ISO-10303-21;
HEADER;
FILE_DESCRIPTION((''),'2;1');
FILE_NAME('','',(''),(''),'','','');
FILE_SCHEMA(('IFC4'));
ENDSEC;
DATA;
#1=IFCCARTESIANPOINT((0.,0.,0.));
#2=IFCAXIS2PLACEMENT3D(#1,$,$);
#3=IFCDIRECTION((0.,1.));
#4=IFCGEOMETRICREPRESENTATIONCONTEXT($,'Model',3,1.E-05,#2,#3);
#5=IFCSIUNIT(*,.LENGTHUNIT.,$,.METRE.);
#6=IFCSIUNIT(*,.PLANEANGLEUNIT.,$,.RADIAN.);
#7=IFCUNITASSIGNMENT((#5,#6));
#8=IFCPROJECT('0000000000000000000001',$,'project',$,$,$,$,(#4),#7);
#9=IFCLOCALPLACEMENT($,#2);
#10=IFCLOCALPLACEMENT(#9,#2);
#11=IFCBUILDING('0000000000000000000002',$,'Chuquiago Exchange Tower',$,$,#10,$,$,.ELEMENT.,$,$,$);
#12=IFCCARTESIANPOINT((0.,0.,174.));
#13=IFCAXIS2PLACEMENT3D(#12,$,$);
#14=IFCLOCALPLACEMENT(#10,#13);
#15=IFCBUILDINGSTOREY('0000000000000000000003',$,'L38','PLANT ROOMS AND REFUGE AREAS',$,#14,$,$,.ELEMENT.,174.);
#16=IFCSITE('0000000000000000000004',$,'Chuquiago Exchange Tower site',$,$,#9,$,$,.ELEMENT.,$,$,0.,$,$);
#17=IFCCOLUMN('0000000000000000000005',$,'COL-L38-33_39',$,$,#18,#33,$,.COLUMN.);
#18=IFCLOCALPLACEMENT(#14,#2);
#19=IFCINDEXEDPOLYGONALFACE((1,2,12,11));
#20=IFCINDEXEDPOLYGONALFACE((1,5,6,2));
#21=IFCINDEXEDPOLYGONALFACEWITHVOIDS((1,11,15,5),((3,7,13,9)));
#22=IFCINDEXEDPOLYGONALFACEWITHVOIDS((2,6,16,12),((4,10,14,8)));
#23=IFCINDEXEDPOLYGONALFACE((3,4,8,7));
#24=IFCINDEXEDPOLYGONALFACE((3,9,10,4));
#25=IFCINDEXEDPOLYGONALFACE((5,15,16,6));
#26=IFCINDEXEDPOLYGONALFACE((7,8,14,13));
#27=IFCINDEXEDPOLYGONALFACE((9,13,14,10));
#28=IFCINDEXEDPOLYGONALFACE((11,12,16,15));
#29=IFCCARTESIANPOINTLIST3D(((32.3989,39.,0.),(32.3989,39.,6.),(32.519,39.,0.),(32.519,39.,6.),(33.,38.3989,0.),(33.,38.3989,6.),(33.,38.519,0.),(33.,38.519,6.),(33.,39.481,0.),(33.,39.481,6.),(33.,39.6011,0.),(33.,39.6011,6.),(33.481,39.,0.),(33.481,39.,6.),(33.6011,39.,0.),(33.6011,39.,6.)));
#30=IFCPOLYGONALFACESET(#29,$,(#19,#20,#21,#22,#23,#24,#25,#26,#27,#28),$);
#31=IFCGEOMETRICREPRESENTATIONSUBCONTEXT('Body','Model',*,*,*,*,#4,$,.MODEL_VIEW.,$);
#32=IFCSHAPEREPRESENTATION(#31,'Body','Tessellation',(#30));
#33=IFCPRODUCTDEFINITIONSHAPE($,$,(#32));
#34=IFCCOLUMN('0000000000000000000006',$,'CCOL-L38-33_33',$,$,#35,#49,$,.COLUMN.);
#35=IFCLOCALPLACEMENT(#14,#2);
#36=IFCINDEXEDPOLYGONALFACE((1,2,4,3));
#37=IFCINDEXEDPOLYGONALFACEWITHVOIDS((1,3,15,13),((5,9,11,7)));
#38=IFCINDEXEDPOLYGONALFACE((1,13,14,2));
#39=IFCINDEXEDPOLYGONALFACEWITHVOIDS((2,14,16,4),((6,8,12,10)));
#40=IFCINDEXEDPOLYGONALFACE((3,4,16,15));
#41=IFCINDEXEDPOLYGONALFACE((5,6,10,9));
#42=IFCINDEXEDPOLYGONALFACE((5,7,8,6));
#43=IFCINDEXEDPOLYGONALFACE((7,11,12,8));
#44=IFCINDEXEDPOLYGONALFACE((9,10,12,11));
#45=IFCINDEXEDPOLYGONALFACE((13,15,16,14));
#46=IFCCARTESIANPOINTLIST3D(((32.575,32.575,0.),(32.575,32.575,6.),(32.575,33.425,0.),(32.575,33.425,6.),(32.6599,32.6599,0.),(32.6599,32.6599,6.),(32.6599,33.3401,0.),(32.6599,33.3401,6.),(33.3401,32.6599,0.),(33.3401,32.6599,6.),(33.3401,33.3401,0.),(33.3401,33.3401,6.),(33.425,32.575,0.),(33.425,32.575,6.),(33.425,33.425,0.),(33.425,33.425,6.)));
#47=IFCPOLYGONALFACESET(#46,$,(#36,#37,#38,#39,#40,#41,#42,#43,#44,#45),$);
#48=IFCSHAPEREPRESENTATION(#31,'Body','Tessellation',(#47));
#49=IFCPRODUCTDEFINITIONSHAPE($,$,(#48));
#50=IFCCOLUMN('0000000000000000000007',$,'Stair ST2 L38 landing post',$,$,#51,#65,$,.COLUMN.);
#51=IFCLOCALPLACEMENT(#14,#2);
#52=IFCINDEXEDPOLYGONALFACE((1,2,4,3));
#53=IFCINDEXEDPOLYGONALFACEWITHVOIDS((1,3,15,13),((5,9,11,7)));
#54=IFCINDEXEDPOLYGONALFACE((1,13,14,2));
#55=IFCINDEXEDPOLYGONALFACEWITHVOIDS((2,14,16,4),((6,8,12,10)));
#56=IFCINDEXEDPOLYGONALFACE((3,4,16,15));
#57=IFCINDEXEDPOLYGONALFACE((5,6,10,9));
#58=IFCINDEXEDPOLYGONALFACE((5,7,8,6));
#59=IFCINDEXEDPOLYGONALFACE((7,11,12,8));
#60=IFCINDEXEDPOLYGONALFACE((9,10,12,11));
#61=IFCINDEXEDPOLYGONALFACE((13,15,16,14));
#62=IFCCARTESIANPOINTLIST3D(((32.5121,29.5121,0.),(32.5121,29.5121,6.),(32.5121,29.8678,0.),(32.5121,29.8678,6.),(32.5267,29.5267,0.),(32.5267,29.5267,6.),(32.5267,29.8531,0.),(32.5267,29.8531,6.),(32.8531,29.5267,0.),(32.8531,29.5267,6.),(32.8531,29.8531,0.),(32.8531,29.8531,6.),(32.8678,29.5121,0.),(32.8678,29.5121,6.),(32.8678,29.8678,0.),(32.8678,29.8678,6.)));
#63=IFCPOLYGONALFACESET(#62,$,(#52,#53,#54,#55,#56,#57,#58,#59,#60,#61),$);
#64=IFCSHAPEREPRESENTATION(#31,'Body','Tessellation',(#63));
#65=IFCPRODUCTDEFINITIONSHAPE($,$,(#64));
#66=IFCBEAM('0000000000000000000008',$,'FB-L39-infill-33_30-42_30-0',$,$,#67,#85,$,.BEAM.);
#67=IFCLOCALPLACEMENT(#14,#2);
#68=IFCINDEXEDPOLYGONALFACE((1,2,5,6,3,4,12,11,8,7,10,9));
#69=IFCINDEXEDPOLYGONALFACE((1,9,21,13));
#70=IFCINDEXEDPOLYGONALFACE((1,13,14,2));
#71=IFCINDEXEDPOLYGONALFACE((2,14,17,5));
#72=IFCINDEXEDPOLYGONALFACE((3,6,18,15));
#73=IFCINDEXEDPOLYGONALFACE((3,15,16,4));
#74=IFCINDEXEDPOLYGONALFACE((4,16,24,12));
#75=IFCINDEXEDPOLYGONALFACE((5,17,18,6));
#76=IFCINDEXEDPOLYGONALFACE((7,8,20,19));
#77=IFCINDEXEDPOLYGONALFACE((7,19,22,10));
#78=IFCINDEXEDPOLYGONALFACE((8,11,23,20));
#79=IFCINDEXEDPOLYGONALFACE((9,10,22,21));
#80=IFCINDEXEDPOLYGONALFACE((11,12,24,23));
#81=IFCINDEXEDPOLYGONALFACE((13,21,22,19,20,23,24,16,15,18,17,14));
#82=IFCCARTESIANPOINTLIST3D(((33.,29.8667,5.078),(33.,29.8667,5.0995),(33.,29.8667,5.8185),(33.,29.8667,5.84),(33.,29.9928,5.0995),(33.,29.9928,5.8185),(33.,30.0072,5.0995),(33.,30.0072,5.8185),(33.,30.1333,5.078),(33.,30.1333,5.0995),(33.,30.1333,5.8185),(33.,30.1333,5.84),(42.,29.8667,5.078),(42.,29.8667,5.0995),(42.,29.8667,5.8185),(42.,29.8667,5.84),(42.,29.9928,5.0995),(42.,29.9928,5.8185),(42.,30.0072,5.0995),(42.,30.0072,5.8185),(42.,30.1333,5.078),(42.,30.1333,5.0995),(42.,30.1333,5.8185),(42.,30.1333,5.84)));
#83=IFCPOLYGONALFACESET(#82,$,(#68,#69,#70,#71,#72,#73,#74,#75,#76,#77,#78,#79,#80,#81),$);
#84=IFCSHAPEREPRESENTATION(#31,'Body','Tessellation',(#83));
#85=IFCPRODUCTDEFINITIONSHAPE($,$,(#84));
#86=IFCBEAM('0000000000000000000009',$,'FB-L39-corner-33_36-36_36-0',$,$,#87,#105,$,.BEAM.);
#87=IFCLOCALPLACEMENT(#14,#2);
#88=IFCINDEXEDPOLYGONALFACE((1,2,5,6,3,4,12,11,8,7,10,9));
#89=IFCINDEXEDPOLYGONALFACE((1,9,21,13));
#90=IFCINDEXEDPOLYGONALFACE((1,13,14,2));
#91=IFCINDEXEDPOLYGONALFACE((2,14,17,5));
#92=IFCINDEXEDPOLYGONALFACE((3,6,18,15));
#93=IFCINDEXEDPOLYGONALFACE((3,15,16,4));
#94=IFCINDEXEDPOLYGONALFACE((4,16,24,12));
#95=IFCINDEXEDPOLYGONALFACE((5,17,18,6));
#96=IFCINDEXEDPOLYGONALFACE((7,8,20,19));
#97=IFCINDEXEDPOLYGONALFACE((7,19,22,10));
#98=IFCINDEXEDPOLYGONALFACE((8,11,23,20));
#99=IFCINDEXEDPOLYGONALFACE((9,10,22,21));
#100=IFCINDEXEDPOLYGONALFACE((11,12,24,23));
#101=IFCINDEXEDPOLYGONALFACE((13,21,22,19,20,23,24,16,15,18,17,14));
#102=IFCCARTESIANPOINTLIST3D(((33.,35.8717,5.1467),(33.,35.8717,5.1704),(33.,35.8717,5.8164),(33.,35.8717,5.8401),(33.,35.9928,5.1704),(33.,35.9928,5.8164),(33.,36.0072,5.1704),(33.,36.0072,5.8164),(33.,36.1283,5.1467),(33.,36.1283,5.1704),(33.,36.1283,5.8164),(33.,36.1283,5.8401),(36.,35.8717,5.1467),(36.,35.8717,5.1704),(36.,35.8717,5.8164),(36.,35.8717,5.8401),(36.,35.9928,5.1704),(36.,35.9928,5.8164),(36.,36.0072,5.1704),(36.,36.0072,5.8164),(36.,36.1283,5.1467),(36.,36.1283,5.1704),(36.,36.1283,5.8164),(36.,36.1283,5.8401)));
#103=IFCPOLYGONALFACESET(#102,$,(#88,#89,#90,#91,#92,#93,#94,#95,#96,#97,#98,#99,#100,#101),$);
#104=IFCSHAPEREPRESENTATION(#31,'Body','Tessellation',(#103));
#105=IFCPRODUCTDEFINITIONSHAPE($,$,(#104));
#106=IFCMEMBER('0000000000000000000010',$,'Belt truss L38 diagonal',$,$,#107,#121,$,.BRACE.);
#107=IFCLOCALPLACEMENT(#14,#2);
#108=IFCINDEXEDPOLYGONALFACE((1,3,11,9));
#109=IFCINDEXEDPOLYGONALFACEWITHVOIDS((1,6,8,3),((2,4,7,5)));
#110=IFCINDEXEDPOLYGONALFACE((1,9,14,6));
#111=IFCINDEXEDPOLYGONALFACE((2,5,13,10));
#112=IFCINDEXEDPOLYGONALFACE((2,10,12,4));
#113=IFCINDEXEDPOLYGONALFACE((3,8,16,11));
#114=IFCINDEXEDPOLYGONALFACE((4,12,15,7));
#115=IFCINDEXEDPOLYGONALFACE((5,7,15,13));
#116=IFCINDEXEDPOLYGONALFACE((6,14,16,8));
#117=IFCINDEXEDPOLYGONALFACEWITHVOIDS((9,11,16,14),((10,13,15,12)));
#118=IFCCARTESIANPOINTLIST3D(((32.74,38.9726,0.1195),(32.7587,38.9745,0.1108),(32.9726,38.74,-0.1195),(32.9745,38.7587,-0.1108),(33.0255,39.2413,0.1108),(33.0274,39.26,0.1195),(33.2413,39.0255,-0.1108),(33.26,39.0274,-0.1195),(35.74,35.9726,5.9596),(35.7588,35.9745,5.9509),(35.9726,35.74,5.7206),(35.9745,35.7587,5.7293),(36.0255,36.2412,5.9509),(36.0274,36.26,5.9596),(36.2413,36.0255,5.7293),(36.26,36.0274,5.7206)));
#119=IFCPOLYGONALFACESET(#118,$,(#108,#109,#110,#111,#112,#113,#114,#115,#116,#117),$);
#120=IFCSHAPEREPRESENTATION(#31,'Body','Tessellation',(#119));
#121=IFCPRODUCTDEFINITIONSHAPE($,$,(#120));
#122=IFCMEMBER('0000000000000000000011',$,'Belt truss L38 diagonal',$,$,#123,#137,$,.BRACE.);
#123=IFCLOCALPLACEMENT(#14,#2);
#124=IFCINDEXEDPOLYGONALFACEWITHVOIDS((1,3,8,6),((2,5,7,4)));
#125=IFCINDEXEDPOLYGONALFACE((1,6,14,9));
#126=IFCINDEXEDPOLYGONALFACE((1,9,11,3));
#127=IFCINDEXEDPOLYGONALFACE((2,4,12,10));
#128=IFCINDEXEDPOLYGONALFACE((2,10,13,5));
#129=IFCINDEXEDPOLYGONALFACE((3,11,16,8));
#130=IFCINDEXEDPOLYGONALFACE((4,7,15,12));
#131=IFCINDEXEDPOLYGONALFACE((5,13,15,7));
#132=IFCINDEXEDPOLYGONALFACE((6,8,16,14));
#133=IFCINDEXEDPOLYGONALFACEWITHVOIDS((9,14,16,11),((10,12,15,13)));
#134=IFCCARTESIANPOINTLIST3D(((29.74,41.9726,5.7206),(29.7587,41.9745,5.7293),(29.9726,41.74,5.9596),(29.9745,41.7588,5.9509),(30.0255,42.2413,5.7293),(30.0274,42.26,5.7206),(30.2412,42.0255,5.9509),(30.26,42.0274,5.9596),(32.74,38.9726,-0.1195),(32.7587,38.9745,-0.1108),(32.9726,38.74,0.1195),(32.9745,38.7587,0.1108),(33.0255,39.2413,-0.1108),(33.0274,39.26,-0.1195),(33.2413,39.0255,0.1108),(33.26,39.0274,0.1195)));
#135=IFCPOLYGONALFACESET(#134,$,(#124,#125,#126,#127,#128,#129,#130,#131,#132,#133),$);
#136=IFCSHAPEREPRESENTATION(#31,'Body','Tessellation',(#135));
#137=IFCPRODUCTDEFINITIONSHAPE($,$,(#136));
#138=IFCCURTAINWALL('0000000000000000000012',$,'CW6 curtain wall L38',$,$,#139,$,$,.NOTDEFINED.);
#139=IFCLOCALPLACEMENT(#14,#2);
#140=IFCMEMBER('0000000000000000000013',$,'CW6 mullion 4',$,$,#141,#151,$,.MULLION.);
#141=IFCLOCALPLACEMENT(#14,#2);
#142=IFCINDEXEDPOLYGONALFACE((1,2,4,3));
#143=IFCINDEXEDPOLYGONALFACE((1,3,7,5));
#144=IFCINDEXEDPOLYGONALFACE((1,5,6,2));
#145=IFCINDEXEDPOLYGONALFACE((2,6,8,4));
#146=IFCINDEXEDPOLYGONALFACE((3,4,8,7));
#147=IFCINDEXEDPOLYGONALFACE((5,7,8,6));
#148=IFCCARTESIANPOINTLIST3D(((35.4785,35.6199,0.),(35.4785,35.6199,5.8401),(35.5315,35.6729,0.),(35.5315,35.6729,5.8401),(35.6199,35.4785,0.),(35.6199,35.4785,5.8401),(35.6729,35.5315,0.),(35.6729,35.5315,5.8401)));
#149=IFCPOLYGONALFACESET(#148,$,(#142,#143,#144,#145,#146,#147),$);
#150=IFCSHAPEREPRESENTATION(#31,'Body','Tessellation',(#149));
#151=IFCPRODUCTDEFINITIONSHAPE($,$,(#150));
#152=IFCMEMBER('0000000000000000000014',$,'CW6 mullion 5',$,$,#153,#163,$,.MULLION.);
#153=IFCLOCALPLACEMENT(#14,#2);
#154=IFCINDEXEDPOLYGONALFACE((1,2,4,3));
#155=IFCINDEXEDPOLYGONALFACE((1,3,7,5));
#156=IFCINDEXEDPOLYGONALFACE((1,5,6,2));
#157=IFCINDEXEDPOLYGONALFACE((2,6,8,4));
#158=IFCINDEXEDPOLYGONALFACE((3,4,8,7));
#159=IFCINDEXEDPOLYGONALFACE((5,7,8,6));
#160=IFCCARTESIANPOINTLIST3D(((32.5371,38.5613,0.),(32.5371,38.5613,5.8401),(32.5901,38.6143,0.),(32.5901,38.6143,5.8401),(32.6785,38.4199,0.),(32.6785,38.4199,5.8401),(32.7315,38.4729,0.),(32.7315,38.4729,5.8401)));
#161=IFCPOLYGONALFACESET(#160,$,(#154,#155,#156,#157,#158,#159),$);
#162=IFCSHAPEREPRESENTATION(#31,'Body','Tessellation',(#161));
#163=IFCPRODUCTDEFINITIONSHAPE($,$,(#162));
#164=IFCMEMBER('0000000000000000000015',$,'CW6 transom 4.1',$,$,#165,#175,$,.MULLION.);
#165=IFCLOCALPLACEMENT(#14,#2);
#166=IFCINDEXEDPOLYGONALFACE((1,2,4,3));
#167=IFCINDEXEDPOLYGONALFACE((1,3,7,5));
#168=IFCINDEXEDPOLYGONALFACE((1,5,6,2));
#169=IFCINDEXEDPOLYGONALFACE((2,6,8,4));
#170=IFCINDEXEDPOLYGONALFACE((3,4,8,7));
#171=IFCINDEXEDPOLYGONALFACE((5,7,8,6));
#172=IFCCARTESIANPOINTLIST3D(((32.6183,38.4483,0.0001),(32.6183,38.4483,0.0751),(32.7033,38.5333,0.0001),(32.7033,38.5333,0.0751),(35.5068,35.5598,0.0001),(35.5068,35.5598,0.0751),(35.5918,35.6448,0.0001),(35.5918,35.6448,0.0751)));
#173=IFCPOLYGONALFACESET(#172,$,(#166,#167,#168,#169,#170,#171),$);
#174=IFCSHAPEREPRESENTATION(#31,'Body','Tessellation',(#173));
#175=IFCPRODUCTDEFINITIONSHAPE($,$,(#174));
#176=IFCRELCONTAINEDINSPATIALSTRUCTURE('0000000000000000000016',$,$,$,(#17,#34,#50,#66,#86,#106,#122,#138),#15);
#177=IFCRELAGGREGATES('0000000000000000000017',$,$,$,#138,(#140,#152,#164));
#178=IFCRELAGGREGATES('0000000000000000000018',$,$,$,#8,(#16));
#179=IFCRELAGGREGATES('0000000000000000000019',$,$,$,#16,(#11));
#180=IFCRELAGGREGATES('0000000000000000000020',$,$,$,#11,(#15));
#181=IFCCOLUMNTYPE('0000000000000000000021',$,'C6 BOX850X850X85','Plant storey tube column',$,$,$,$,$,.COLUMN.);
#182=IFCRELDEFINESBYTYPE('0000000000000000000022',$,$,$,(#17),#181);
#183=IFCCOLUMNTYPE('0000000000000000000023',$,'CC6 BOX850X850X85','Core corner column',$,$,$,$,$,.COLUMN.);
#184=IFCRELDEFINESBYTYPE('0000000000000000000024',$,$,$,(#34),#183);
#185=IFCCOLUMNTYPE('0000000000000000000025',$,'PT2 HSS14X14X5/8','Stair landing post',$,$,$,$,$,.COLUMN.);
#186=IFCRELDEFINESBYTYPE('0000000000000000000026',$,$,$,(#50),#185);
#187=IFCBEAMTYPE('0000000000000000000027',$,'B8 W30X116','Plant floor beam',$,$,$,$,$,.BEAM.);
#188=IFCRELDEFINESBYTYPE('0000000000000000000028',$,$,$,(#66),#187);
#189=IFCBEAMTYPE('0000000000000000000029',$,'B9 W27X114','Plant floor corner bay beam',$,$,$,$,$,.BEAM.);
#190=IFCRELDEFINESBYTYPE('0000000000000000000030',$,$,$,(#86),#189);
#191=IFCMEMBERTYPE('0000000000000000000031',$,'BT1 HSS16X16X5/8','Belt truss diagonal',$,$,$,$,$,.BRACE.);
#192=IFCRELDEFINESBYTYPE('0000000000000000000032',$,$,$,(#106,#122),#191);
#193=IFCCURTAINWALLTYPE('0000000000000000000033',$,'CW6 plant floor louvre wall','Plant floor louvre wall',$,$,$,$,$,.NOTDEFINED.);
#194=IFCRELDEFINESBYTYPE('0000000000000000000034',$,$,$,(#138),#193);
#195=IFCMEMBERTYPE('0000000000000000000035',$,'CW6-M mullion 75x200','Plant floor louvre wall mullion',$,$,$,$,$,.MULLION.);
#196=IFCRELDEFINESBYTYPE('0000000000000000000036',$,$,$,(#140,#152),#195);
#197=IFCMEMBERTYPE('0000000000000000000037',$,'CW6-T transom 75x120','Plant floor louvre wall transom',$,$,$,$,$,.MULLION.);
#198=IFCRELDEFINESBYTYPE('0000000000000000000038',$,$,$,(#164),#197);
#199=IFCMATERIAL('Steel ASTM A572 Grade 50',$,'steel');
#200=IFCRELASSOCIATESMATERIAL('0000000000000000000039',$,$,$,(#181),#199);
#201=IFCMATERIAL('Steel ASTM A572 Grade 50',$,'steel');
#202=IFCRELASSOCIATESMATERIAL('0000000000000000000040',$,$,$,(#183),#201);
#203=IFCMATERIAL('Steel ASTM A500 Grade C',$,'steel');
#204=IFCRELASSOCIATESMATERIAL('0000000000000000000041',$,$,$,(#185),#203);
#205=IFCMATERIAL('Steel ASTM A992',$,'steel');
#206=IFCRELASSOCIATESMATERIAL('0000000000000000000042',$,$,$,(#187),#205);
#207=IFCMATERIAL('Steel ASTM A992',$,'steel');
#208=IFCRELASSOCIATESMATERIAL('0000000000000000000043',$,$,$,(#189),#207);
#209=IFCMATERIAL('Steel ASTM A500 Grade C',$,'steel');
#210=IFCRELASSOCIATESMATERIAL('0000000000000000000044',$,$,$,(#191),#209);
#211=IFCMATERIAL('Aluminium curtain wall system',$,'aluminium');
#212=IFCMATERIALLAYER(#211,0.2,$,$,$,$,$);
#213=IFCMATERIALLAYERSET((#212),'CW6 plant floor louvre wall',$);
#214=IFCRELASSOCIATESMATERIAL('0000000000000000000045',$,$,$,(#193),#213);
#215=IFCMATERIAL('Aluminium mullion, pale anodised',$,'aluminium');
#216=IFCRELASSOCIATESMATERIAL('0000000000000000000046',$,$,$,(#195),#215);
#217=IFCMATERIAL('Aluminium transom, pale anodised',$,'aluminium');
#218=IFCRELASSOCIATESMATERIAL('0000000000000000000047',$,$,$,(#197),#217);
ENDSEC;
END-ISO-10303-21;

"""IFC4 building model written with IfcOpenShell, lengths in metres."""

from ifc_helpers import new_model, si_unit, direction, frame, origin, origin_2d, place, context, subcontext, project, spatial, rectangle, hollow_rectangle, i_section, extrude, material, layer, layer_set, material_profile, profile_set, type_object, element, aggregate, save


model = new_model("IFC4")

# Units and contexts
model_context = context("Model", 3, precision=1e-05, world=origin(), true_north=direction((0.0, 1.0)))
body_context = subcontext(model_context, "Body", "Model", "MODEL_VIEW")
ifc_project = project(units=[si_unit("LENGTHUNIT", "METRE"), si_unit("PLANEANGLEUNIT", "RADIAN")], contexts=[model_context])

# Site, building, storey
site_placement = place(None, origin())
site = spatial("IfcSite", under=ifc_project, at=site_placement, Name="Chuquiago Exchange Tower site", CompositionType="ELEMENT", RefElevation=0.0)
building_placement = place(site_placement, origin())
building = spatial("IfcBuilding", under=site, at=building_placement, Name="Chuquiago Exchange Tower", CompositionType="ELEMENT")
storey_placement = place(building_placement, frame((0.0, 0.0, 174.0)))
storey = spatial("IfcBuildingStorey", under=building, at=storey_placement, Name="L38", Description="PLANT ROOMS AND REFUGE AREAS", CompositionType="ELEMENT", Elevation=174.0)

# Columns
ifc_material_1 = material(Name="Steel ASTM A572 Grade 50", Category="steel")
ifc_material_profile_1 = material_profile(ifc_material_1, hollow_rectangle(XDim=0.8501, YDim=0.8501, WallThickness=0.085, at=origin_2d()), Name="BOX850X850X85")
ifc_profile_set_1 = profile_set([ifc_material_profile_1], Name="Steel ASTM A572 Grade 50")
column_type_1 = type_object("IfcColumnType", Name="C6 BOX850X850X85", Description="Plant storey tube column", PredefinedType="COLUMN", material=ifc_profile_set_1)
column_1_placement = place(storey_placement, frame((33.0, 39.0, 0.0), z_axis=(0.0, 0.0, 1.0), x_axis=(0.707107, 0.707107, 0.0)))
element("IfcColumn", 1, at=column_1_placement, inside=storey, type_object=column_type_1, Name="COL-L38-33_39", PredefinedType="COLUMN", context=body_context, shape_type="SweptSolid", body=[
    extrude(hollow_rectangle(XDim=0.8501, YDim=0.8501, WallThickness=0.085, at=origin_2d()), origin(), (0.0, 0.0, 1.0), 6.0),
])
ifc_material_2 = material(Name="Steel ASTM A572 Grade 50", Category="steel")
ifc_material_profile_2 = material_profile(ifc_material_2, hollow_rectangle(XDim=0.8501, YDim=0.8501, WallThickness=0.085, at=origin_2d()), Name="BOX850X850X85")
ifc_profile_set_2 = profile_set([ifc_material_profile_2], Name="Steel ASTM A572 Grade 50")
column_type_2 = type_object("IfcColumnType", Name="CC6 BOX850X850X85", Description="Core corner column", PredefinedType="COLUMN", material=ifc_profile_set_2)
column_2_placement = place(storey_placement, frame((33.0, 33.0, 0.0), z_axis=(0.0, 0.0, 1.0), x_axis=(1.0, 0.0, 0.0)))
element("IfcColumn", 2, at=column_2_placement, inside=storey, type_object=column_type_2, Name="CCOL-L38-33_33", PredefinedType="COLUMN", context=body_context, shape_type="SweptSolid", body=[
    extrude(hollow_rectangle(XDim=0.8501, YDim=0.8501, WallThickness=0.085, at=origin_2d()), origin(), (0.0, 0.0, 1.0), 6.0),
])
ifc_material_3 = material(Name="Steel ASTM A500 Grade C", Category="steel")
ifc_material_profile_3 = material_profile(ifc_material_3, hollow_rectangle(XDim=0.3557, YDim=0.3557, WallThickness=0.0146, at=origin_2d()), Name="HSS14X14X5/8")
ifc_profile_set_3 = profile_set([ifc_material_profile_3], Name="Steel ASTM A500 Grade C")
column_type_3 = type_object("IfcColumnType", Name="PT2 HSS14X14X5/8", Description="Stair landing post", PredefinedType="COLUMN", material=ifc_profile_set_3)
column_3_placement = place(storey_placement, frame((32.6899, 29.6899, 0.0), z_axis=(0.0, 0.0, 1.0), x_axis=(1.0, 0.0, 0.0)))
element("IfcColumn", 3, at=column_3_placement, inside=storey, type_object=column_type_3, Name="Stair ST2 L38 landing post", PredefinedType="COLUMN", context=body_context, shape_type="SweptSolid", body=[
    extrude(hollow_rectangle(XDim=0.3557, YDim=0.3557, WallThickness=0.0146, at=origin_2d()), origin(), (0.0, 0.0, 1.0), 6.0),
])

# Beams
ifc_material_4 = material(Name="Steel ASTM A992", Category="steel")
ifc_material_profile_4 = material_profile(ifc_material_4, i_section(OverallWidth=0.2666, OverallDepth=0.762, WebThickness=0.0144, FlangeThickness=0.0215, at=origin_2d()), Name="W30X116")
ifc_profile_set_4 = profile_set([ifc_material_profile_4], Name="Steel ASTM A992")
beam_type_1 = type_object("IfcBeamType", Name="B8 W30X116", Description="Plant floor beam", PredefinedType="BEAM", material=ifc_profile_set_4)
beam_1_placement = place(storey_placement, frame((33.0, 30.0, 5.459), z_axis=(1.0, 0.0, 0.0), x_axis=(0.0, 1.0, 0.0)))
element("IfcBeam", 4, at=beam_1_placement, inside=storey, type_object=beam_type_1, Name="FB-L39-infill-33_30-42_30-0", PredefinedType="BEAM", context=body_context, shape_type="SweptSolid", body=[
    extrude(i_section(OverallWidth=0.2666, OverallDepth=0.762, WebThickness=0.0144, FlangeThickness=0.0215, at=origin_2d()), origin(), (0.0, 0.0, 1.0), 9.0),
])
ifc_material_5 = material(Name="Steel ASTM A992", Category="steel")
ifc_material_profile_5 = material_profile(ifc_material_5, i_section(OverallWidth=0.2566, OverallDepth=0.6934, WebThickness=0.0144, FlangeThickness=0.0237, at=origin_2d()), Name="W27X114")
ifc_profile_set_5 = profile_set([ifc_material_profile_5], Name="Steel ASTM A992")
beam_type_2 = type_object("IfcBeamType", Name="B9 W27X114", Description="Plant floor corner bay beam", PredefinedType="BEAM", material=ifc_profile_set_5)
beam_2_placement = place(storey_placement, frame((33.0, 36.0, 5.4934), z_axis=(1.0, 0.0, 0.0), x_axis=(0.0, 1.0, 0.0)))
element("IfcBeam", 5, at=beam_2_placement, inside=storey, type_object=beam_type_2, Name="FB-L39-corner-33_36-36_36-0", PredefinedType="BEAM", context=body_context, shape_type="SweptSolid", body=[
    extrude(i_section(OverallWidth=0.2566, OverallDepth=0.6934, WebThickness=0.0144, FlangeThickness=0.0237, at=origin_2d()), origin(), (0.0, 0.0, 1.0), 3.0),
])

# Members
ifc_material_6 = material(Name="Steel ASTM A500 Grade C", Category="steel")
ifc_material_profile_6 = material_profile(ifc_material_6, hollow_rectangle(XDim=0.4065, YDim=0.4065, WallThickness=0.0146, at=origin_2d()), Name="HSS16X16X5/8")
ifc_profile_set_6 = profile_set([ifc_material_profile_6], Name="Steel ASTM A500 Grade C")
member_type_1 = type_object("IfcMemberType", Name="BT1 HSS16X16X5/8", Description="Belt truss diagonal", PredefinedType="BRACE", material=ifc_profile_set_6)
for number, where, z_axis, x_axis, name in (
    (6, (33.0, 39.0, 0.0), (0.415599, -0.415599, 0.809045), (0.707107, 0.707107, 0.0), "Belt truss L38 diagonal"),
    (7, (33.0, 39.0, 0.0), (-0.415599, 0.415599, 0.809045), (-0.707107, -0.707107, 0.0), "Belt truss L38 diagonal"),
):
    element("IfcMember", number, at=place(storey_placement, frame(where, z_axis=z_axis, x_axis=x_axis)), inside=storey, type_object=member_type_1, Name=name, PredefinedType="BRACE", context=body_context, shape_type="SweptSolid", body=[
        extrude(hollow_rectangle(XDim=0.4065, YDim=0.4065, WallThickness=0.0146, at=origin_2d()), origin(), (0.0, 0.0, 1.0), 7.2185),
    ])

# Curtain wall, members
ifc_material_7 = material(Name="Aluminium curtain wall system", Category="aluminium")
ifc_layer_1 = layer(ifc_material_7, 0.2)
ifc_layer_set_1 = layer_set([ifc_layer_1], Name="CW6 plant floor louvre wall")
curtain_wall_type = type_object("IfcCurtainWallType", Name="CW6 plant floor louvre wall", Description="Plant floor louvre wall", PredefinedType="NOTDEFINED", material=ifc_layer_set_1)
curtain_wall_placement = place(storey_placement, origin())
curtain_wall = element("IfcCurtainWall", 8, at=curtain_wall_placement, inside=storey, type_object=curtain_wall_type, Name="CW6 curtain wall L38", PredefinedType="NOTDEFINED")
ifc_material_8 = material(Name="Aluminium mullion, pale anodised", Category="aluminium")
ifc_material_profile_7 = material_profile(ifc_material_8, rectangle(XDim=0.075, YDim=0.2, at=origin_2d()), Name="AL 75x200")
ifc_profile_set_7 = profile_set([ifc_material_profile_7], Name="Aluminium mullion, pale anodised")
member_type_2 = type_object("IfcMemberType", Name="CW6-M mullion 75x200", Description="Plant floor louvre wall mullion", PredefinedType="MULLION", material=ifc_profile_set_7)
member_1_placement = place(storey_placement, frame((35.5757, 35.5757, 0.0), z_axis=(0.0, 0.0, 1.0), x_axis=(-0.707107, -0.707107, 0.0)))
member_1 = element("IfcMember", 9, at=member_1_placement, type_object=member_type_2, Name="CW6 mullion 4", PredefinedType="MULLION", context=body_context, shape_type="SweptSolid", body=[
    extrude(rectangle(XDim=0.075, YDim=0.2, at=origin_2d()), origin(), (0.0, 0.0, 1.0), 5.8401),
])
member_2_placement = place(storey_placement, frame((32.6343, 38.5171, 0.0), z_axis=(0.0, 0.0, 1.0), x_axis=(-0.707107, -0.707107, 0.0)))
member_2 = element("IfcMember", 10, at=member_2_placement, type_object=member_type_2, Name="CW6 mullion 5", PredefinedType="MULLION", context=body_context, shape_type="SweptSolid", body=[
    extrude(rectangle(XDim=0.075, YDim=0.2, at=origin_2d()), origin(), (0.0, 0.0, 1.0), 5.8401),
])
ifc_material_9 = material(Name="Aluminium transom, pale anodised", Category="aluminium")
ifc_material_profile_8 = material_profile(ifc_material_9, rectangle(XDim=0.1201, YDim=0.075, at=origin_2d()), Name="AL 120x75")
ifc_profile_set_8 = profile_set([ifc_material_profile_8], Name="Aluminium transom, pale anodised")
member_type_3 = type_object("IfcMemberType", Name="CW6-T transom 75x120", Description="Plant floor louvre wall transom", PredefinedType="MULLION", material=ifc_profile_set_8)
member_3_placement = place(storey_placement, frame((35.5493, 35.6023, 0.0376), z_axis=(-0.707107, 0.707107, 0.0), x_axis=(-0.707107, -0.707107, 0.0)))
member_3 = element("IfcMember", 11, at=member_3_placement, type_object=member_type_3, Name="CW6 transom 4.1", PredefinedType="MULLION", context=body_context, shape_type="SweptSolid", body=[
    extrude(rectangle(XDim=0.1201, YDim=0.075, at=origin_2d()), origin(), (0.0, 0.0, 1.0), 4.085),
])

aggregate(curtain_wall, [member_1, member_2, member_3])

save(model, "model.ifc")
